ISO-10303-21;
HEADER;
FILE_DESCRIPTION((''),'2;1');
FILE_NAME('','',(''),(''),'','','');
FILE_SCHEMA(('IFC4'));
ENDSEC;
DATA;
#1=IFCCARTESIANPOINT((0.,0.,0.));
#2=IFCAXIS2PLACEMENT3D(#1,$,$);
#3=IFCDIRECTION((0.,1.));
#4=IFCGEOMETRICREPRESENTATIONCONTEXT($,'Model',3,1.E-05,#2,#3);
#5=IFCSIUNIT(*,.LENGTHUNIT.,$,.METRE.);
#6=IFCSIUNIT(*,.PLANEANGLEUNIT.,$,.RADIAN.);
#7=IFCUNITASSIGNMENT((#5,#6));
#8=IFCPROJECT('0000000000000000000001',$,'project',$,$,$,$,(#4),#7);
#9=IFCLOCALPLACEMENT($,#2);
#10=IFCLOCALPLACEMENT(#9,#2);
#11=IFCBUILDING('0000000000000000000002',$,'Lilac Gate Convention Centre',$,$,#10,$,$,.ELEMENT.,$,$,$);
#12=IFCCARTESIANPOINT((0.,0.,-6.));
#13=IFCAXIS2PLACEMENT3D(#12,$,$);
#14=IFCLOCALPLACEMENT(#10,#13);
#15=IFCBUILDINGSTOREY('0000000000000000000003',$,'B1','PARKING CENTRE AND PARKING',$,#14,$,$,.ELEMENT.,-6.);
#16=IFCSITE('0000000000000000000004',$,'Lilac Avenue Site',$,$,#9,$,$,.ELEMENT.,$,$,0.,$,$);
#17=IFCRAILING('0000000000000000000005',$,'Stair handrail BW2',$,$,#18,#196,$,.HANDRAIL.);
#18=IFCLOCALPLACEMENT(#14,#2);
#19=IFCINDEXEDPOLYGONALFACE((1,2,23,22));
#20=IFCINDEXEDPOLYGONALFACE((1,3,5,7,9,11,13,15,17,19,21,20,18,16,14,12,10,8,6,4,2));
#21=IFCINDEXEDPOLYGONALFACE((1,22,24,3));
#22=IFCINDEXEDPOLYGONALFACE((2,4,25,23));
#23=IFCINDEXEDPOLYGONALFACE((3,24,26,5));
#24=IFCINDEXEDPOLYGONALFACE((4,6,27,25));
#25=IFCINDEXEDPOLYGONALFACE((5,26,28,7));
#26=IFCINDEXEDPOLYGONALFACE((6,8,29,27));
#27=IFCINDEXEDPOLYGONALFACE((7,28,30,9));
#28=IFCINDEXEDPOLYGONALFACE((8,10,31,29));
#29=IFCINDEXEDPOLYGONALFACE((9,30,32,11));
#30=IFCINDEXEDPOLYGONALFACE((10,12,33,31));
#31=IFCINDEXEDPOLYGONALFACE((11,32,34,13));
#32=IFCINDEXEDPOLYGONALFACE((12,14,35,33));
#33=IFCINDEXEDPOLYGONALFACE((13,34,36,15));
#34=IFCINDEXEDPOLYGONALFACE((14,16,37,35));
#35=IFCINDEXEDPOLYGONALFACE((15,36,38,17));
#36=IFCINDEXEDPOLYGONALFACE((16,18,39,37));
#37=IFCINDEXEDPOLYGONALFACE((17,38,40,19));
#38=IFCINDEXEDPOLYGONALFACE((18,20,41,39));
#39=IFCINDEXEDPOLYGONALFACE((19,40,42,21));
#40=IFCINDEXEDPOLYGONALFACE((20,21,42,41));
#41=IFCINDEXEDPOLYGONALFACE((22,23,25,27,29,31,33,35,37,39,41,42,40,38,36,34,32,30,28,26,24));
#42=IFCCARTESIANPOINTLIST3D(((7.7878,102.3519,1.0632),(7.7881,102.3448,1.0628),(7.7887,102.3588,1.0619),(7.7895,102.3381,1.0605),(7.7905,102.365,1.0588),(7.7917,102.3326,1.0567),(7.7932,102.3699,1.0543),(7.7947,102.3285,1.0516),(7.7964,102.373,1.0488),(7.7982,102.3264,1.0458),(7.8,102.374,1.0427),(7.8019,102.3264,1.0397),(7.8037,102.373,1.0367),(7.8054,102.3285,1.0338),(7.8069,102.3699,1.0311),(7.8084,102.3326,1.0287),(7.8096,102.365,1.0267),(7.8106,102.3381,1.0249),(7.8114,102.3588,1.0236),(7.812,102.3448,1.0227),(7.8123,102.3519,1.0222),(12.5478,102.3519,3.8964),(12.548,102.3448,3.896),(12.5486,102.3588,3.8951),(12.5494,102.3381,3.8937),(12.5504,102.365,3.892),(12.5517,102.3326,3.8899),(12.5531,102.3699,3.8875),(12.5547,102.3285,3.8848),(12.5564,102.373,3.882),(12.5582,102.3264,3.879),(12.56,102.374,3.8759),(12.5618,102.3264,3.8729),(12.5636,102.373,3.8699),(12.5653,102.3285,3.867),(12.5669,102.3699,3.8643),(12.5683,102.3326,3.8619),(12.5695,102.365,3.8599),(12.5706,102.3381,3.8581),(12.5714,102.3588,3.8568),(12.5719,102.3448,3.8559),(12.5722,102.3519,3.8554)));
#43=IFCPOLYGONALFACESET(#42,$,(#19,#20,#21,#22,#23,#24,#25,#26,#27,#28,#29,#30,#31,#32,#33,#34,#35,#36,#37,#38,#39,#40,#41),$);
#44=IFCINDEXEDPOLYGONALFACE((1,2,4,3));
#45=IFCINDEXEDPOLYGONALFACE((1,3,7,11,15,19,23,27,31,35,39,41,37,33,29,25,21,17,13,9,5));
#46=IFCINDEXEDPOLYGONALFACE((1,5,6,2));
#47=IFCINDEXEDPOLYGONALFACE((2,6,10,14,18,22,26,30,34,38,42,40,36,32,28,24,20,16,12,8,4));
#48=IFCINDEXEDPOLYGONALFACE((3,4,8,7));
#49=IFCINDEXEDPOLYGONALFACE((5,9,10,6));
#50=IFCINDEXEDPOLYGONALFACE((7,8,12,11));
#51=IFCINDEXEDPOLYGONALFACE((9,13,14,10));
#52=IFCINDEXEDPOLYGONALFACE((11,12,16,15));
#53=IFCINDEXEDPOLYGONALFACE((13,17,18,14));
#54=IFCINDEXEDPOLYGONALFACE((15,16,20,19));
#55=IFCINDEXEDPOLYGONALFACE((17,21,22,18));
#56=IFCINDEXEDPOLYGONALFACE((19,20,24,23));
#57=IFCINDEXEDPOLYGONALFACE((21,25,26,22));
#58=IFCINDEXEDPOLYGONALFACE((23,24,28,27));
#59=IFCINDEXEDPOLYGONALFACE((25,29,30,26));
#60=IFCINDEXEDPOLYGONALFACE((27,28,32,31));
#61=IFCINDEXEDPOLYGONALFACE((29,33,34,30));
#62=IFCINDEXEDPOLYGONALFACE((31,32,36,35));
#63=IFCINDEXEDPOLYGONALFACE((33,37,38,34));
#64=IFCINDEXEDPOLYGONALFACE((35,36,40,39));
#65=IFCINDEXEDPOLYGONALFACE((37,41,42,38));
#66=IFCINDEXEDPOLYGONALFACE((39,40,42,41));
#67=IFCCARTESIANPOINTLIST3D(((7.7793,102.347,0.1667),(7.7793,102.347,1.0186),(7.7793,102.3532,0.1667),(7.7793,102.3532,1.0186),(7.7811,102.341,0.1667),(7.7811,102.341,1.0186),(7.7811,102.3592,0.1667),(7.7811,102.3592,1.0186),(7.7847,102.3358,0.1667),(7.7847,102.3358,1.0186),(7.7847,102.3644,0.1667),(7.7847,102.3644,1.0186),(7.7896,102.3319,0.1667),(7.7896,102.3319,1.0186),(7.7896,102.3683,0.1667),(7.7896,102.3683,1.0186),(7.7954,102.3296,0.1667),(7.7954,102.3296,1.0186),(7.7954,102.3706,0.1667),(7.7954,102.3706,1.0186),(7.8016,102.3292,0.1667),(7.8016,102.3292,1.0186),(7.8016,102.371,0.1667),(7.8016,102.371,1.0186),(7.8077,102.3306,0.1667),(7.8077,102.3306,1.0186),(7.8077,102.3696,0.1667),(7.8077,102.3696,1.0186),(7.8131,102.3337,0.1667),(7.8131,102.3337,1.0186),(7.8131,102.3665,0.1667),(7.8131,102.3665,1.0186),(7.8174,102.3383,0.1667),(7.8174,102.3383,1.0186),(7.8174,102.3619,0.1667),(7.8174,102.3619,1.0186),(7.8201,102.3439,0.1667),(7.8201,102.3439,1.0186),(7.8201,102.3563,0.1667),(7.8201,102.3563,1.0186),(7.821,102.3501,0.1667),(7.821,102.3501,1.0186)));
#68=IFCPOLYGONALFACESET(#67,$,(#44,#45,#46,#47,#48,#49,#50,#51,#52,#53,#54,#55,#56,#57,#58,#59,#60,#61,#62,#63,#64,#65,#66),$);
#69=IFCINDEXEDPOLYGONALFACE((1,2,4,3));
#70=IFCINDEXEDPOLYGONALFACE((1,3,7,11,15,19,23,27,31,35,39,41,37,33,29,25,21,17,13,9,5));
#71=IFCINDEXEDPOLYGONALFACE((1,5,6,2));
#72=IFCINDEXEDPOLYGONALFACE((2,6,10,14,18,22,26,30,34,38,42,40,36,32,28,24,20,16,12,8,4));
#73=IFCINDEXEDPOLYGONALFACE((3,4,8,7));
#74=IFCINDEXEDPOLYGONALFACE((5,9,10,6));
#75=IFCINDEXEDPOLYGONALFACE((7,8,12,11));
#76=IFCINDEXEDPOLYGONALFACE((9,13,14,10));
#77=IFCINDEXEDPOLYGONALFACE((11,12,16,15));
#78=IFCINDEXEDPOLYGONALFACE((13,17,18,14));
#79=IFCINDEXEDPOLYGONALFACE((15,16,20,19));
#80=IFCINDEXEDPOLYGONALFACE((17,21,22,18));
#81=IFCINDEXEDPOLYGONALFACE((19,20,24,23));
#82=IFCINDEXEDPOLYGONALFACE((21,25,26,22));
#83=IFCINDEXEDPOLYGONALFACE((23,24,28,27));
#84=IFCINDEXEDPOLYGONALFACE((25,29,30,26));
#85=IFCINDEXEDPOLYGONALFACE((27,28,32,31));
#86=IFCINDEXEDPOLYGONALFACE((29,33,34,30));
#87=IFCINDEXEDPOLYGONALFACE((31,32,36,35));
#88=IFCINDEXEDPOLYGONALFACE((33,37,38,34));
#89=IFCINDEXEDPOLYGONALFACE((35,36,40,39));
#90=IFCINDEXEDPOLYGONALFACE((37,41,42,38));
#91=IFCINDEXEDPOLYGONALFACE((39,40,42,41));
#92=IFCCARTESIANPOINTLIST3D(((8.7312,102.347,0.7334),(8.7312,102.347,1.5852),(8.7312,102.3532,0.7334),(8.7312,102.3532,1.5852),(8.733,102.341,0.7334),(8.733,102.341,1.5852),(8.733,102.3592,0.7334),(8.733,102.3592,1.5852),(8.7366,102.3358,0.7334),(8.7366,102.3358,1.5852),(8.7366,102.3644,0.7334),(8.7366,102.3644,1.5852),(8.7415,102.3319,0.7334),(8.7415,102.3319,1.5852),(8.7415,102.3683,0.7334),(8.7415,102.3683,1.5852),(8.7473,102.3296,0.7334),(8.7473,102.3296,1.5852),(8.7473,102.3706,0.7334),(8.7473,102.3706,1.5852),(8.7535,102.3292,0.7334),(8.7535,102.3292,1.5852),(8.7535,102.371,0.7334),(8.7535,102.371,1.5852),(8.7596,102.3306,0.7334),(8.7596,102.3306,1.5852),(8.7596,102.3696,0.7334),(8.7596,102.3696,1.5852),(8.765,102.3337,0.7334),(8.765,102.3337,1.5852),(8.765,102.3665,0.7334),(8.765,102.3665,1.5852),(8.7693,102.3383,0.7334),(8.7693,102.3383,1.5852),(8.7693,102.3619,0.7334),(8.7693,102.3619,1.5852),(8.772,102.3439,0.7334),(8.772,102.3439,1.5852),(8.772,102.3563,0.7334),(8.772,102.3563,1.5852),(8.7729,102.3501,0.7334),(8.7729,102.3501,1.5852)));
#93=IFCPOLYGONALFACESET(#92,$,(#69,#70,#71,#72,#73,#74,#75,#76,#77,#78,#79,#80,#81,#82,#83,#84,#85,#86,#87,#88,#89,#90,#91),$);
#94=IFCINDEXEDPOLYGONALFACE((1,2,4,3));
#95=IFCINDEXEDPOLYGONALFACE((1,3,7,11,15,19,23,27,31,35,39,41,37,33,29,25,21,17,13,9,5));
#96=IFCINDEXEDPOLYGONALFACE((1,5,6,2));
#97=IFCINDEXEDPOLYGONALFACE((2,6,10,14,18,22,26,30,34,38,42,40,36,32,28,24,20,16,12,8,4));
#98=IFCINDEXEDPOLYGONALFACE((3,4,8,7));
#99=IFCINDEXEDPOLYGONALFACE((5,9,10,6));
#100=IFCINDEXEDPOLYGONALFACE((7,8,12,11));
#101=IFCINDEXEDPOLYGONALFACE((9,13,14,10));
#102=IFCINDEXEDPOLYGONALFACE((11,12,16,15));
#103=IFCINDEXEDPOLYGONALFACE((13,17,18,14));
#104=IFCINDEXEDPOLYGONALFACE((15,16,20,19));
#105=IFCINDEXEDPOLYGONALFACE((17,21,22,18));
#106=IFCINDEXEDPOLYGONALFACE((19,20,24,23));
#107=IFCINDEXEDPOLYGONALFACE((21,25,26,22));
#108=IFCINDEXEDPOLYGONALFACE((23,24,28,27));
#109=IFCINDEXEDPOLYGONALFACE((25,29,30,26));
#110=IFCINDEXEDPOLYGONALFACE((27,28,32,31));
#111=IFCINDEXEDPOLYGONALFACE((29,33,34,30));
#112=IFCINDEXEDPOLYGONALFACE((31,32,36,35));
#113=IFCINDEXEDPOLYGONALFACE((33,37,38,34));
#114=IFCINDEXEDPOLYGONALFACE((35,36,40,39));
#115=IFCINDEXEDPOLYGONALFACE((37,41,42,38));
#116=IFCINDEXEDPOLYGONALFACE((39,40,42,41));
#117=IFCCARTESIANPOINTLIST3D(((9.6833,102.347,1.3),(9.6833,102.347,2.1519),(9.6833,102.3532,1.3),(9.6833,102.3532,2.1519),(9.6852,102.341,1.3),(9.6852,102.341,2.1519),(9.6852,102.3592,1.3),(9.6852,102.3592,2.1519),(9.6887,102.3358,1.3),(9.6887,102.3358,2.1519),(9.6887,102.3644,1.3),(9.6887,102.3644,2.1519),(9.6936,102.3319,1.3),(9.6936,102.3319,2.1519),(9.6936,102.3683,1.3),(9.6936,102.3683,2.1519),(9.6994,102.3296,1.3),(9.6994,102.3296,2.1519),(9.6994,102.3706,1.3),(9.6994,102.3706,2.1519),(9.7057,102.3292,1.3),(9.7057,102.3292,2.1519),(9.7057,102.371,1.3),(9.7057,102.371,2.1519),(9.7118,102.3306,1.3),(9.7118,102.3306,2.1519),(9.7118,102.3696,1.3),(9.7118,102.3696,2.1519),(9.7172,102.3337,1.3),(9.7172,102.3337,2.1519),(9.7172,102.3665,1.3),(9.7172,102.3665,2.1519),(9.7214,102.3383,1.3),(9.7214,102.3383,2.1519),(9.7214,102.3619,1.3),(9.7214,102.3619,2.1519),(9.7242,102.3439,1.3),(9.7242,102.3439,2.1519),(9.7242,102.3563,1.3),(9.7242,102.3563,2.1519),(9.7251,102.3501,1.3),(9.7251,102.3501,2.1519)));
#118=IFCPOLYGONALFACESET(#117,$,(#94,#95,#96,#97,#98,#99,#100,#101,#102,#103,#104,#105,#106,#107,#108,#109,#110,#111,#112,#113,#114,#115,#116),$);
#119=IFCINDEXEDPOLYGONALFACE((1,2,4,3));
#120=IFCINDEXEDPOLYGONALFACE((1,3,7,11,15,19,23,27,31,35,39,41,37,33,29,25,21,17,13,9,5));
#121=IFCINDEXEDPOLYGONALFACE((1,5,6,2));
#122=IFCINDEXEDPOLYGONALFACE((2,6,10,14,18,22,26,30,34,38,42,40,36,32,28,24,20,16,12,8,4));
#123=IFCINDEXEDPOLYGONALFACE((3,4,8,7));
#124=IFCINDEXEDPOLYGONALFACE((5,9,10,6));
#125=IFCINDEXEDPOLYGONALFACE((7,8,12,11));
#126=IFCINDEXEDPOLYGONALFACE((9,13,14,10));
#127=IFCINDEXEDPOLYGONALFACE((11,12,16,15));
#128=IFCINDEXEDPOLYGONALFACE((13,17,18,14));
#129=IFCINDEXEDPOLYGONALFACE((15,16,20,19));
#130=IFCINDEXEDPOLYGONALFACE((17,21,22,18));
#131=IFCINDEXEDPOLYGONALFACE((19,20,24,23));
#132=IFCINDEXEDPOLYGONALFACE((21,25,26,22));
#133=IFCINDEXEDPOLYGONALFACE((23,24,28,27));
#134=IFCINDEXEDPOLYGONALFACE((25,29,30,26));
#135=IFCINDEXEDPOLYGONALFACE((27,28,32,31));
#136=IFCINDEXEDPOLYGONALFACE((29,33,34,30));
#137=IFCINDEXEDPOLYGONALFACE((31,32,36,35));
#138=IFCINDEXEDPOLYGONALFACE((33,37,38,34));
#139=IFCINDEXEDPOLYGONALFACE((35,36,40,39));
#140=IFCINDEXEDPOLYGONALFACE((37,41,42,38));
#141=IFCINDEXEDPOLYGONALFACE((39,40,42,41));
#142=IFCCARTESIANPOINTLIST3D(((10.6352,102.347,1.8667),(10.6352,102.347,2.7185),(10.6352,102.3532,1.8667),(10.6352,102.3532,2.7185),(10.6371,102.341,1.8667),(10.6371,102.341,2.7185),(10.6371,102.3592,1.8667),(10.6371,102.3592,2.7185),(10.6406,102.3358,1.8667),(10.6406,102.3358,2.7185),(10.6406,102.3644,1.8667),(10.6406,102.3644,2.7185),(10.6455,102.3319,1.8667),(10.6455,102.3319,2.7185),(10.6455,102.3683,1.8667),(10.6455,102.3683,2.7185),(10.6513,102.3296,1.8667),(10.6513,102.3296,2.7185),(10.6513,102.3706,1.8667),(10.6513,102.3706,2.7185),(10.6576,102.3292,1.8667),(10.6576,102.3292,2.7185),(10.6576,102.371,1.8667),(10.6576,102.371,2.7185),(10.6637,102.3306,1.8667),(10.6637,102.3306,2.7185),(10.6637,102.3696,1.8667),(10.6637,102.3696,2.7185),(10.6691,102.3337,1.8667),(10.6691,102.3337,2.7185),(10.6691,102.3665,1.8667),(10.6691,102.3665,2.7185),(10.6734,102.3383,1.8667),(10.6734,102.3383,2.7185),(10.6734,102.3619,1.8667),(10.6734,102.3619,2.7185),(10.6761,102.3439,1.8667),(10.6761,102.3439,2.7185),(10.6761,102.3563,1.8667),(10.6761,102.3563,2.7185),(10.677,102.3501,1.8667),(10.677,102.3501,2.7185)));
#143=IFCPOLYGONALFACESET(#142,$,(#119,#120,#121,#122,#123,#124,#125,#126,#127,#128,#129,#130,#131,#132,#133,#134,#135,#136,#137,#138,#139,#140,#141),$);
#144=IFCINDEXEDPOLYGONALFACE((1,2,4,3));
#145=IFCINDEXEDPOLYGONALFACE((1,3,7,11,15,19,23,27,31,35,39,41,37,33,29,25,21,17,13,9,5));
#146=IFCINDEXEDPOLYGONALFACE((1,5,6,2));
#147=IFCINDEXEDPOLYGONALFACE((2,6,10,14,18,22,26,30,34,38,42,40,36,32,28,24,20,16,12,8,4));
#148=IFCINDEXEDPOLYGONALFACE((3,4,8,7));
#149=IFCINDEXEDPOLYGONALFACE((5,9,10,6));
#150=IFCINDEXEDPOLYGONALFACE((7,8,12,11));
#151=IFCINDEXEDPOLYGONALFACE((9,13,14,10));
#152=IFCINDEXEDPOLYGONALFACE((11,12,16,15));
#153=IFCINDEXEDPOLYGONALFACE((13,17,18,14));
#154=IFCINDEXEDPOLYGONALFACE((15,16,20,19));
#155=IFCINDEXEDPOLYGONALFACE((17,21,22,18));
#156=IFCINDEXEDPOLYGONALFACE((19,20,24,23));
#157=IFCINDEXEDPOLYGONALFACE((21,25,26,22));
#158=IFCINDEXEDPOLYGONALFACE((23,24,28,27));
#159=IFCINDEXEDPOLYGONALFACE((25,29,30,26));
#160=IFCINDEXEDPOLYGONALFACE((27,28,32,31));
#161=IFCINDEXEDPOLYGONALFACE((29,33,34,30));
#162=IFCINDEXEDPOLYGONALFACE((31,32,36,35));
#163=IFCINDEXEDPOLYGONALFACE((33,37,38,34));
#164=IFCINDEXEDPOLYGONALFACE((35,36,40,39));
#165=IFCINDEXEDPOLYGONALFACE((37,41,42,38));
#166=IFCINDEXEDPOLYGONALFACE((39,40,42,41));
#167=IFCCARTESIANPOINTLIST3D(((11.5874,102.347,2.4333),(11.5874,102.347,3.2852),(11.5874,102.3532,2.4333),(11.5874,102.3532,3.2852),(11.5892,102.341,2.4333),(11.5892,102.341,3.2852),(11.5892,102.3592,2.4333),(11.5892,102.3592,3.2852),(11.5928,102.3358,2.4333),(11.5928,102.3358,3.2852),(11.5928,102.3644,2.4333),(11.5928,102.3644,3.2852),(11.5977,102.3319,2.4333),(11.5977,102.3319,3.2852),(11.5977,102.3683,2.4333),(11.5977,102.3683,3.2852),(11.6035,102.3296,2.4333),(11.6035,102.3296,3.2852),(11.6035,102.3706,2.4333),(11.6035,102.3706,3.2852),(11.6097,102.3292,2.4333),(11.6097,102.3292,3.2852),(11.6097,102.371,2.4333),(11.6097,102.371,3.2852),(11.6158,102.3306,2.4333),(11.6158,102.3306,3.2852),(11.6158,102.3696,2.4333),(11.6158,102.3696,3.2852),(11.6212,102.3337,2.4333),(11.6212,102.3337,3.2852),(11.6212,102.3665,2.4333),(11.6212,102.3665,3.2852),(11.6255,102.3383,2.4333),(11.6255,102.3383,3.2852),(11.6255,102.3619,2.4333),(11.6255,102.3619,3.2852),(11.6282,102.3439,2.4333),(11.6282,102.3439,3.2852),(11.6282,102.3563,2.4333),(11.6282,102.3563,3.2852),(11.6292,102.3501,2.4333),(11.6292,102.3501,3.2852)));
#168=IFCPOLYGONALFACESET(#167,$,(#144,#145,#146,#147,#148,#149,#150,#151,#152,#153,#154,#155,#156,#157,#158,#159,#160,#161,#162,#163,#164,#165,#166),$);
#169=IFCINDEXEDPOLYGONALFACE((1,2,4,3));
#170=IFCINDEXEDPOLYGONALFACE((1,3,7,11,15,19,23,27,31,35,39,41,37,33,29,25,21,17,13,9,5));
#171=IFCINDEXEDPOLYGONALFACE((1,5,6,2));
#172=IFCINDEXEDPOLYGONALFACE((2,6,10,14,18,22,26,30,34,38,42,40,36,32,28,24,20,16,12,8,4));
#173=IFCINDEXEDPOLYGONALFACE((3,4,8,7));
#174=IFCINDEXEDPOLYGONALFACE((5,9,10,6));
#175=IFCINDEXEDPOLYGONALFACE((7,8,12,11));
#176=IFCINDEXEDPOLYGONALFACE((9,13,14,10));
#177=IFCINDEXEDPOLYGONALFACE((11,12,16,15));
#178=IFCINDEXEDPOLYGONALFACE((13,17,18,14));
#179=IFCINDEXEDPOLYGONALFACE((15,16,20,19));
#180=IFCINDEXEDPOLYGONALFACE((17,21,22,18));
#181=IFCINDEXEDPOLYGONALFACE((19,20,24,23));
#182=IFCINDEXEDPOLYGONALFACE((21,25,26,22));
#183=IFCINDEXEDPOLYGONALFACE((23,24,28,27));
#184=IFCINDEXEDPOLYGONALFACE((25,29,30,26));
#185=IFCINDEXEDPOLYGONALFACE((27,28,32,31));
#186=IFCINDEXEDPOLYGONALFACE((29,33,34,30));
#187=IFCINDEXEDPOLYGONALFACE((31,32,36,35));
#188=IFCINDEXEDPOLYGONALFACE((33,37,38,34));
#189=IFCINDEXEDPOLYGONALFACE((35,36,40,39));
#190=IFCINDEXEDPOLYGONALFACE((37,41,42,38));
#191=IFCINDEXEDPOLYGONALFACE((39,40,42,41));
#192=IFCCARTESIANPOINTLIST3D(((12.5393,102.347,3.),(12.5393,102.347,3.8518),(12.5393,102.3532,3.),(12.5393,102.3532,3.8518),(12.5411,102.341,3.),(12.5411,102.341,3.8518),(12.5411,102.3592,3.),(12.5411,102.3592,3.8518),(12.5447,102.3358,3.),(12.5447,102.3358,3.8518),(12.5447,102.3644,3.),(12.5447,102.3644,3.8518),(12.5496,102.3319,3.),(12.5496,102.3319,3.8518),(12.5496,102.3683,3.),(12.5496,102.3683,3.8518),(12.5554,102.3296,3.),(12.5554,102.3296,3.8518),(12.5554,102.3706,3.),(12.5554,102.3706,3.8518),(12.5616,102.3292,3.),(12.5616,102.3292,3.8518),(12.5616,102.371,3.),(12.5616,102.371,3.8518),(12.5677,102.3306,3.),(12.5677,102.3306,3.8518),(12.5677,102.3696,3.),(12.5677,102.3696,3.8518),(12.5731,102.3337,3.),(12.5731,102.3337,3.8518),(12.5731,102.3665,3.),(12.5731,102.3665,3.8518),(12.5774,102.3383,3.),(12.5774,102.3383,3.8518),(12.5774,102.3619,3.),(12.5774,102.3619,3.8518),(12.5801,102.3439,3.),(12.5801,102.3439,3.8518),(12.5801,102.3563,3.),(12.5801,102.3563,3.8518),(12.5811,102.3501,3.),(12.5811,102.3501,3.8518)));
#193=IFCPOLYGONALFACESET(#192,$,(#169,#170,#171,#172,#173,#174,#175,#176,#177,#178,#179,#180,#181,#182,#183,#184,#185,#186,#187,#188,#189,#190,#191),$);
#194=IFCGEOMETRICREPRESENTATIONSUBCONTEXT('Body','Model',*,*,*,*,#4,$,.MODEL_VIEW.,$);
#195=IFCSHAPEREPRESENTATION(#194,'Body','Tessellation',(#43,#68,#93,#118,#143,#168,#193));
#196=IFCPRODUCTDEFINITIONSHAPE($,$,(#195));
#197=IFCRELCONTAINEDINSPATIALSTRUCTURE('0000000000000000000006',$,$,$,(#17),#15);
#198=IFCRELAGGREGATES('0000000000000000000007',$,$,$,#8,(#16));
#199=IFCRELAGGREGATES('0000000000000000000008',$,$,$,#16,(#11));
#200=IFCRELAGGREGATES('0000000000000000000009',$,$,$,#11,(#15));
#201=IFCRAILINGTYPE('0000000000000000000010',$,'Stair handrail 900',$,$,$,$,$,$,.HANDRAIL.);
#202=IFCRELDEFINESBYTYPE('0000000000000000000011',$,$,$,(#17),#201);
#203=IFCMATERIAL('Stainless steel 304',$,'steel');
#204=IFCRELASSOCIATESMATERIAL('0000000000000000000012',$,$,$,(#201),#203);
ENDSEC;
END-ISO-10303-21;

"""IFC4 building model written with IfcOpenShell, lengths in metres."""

from ifc_helpers import new_model, si_unit, direction, frame, origin, origin_2d, place, context, subcontext, project, spatial, circle, extrude, material, type_object, element, save


model = new_model("IFC4")

# Units and contexts
model_context = context("Model", 3, precision=1e-05, world=origin(), true_north=direction((0.0, 1.0)))
body_context = subcontext(model_context, "Body", "Model", "MODEL_VIEW")
ifc_project = project(units=[si_unit("LENGTHUNIT", "METRE"), si_unit("PLANEANGLEUNIT", "RADIAN")], contexts=[model_context])

# Site, building, storey
site_placement = place(None, origin())
site = spatial("IfcSite", under=ifc_project, at=site_placement, Name="Lilac Avenue Site", CompositionType="ELEMENT", RefElevation=0.0)
building_placement = place(site_placement, origin())
building = spatial("IfcBuilding", under=site, at=building_placement, Name="Lilac Gate Convention Centre", CompositionType="ELEMENT")
storey_placement = place(building_placement, frame((0.0, 0.0, -6.0)))
storey = spatial("IfcBuildingStorey", under=building, at=storey_placement, Name="B1", Description="PARKING CENTRE AND PARKING", CompositionType="ELEMENT", Elevation=-6.0)

# Shared definitions
ifc_material_1 = material(Name="Stainless steel 304", Category="steel")

# Railing
railing_type = type_object("IfcRailingType", Name="Stair handrail 900", PredefinedType="HANDRAIL", material=ifc_material_1)
for number, where, name in (
    (1, (7.8, 102.3501, 0.1667), "Stair handrail BW2"),
):
    element("IfcRailing", number, at=place(storey_placement, frame(where)), inside=storey, type_object=railing_type, Name=name, PredefinedType="HANDRAIL", context=body_context, shape_type="SweptSolid", body=[
        extrude(circle(Radius=0.0239, at=origin_2d()), frame((0.0, 0.0, 0.876), z_axis=(0.8593, 0.0, 0.511472), x_axis=(0.0, 1.0, 0.0)), (0.0, 0.0, 1.0), 5.5393),
        extrude(circle(Radius=0.021, at=origin_2d()), origin(), (0.0, 0.0, 1.0), 0.8518),
        extrude(circle(Radius=0.021, at=origin_2d()), frame((0.9519, 0.0, 0.5667)), (0.0, 0.0, 1.0), 0.8518),
        extrude(circle(Radius=0.021, at=origin_2d()), frame((1.9041, 0.0, 1.1333)), (0.0, 0.0, 1.0), 0.8518),
        extrude(circle(Radius=0.021, at=origin_2d()), frame((2.856, 0.0, 1.7)), (0.0, 0.0, 1.0), 0.8518),
        extrude(circle(Radius=0.021, at=origin_2d()), frame((3.8081, 0.0, 2.2666)), (0.0, 0.0, 1.0), 0.8518),
        extrude(circle(Radius=0.021, at=origin_2d()), frame((4.76, 0.0, 2.8333)), (0.0, 0.0, 1.0), 0.8518),
    ])

save(model, "model.ifc")
